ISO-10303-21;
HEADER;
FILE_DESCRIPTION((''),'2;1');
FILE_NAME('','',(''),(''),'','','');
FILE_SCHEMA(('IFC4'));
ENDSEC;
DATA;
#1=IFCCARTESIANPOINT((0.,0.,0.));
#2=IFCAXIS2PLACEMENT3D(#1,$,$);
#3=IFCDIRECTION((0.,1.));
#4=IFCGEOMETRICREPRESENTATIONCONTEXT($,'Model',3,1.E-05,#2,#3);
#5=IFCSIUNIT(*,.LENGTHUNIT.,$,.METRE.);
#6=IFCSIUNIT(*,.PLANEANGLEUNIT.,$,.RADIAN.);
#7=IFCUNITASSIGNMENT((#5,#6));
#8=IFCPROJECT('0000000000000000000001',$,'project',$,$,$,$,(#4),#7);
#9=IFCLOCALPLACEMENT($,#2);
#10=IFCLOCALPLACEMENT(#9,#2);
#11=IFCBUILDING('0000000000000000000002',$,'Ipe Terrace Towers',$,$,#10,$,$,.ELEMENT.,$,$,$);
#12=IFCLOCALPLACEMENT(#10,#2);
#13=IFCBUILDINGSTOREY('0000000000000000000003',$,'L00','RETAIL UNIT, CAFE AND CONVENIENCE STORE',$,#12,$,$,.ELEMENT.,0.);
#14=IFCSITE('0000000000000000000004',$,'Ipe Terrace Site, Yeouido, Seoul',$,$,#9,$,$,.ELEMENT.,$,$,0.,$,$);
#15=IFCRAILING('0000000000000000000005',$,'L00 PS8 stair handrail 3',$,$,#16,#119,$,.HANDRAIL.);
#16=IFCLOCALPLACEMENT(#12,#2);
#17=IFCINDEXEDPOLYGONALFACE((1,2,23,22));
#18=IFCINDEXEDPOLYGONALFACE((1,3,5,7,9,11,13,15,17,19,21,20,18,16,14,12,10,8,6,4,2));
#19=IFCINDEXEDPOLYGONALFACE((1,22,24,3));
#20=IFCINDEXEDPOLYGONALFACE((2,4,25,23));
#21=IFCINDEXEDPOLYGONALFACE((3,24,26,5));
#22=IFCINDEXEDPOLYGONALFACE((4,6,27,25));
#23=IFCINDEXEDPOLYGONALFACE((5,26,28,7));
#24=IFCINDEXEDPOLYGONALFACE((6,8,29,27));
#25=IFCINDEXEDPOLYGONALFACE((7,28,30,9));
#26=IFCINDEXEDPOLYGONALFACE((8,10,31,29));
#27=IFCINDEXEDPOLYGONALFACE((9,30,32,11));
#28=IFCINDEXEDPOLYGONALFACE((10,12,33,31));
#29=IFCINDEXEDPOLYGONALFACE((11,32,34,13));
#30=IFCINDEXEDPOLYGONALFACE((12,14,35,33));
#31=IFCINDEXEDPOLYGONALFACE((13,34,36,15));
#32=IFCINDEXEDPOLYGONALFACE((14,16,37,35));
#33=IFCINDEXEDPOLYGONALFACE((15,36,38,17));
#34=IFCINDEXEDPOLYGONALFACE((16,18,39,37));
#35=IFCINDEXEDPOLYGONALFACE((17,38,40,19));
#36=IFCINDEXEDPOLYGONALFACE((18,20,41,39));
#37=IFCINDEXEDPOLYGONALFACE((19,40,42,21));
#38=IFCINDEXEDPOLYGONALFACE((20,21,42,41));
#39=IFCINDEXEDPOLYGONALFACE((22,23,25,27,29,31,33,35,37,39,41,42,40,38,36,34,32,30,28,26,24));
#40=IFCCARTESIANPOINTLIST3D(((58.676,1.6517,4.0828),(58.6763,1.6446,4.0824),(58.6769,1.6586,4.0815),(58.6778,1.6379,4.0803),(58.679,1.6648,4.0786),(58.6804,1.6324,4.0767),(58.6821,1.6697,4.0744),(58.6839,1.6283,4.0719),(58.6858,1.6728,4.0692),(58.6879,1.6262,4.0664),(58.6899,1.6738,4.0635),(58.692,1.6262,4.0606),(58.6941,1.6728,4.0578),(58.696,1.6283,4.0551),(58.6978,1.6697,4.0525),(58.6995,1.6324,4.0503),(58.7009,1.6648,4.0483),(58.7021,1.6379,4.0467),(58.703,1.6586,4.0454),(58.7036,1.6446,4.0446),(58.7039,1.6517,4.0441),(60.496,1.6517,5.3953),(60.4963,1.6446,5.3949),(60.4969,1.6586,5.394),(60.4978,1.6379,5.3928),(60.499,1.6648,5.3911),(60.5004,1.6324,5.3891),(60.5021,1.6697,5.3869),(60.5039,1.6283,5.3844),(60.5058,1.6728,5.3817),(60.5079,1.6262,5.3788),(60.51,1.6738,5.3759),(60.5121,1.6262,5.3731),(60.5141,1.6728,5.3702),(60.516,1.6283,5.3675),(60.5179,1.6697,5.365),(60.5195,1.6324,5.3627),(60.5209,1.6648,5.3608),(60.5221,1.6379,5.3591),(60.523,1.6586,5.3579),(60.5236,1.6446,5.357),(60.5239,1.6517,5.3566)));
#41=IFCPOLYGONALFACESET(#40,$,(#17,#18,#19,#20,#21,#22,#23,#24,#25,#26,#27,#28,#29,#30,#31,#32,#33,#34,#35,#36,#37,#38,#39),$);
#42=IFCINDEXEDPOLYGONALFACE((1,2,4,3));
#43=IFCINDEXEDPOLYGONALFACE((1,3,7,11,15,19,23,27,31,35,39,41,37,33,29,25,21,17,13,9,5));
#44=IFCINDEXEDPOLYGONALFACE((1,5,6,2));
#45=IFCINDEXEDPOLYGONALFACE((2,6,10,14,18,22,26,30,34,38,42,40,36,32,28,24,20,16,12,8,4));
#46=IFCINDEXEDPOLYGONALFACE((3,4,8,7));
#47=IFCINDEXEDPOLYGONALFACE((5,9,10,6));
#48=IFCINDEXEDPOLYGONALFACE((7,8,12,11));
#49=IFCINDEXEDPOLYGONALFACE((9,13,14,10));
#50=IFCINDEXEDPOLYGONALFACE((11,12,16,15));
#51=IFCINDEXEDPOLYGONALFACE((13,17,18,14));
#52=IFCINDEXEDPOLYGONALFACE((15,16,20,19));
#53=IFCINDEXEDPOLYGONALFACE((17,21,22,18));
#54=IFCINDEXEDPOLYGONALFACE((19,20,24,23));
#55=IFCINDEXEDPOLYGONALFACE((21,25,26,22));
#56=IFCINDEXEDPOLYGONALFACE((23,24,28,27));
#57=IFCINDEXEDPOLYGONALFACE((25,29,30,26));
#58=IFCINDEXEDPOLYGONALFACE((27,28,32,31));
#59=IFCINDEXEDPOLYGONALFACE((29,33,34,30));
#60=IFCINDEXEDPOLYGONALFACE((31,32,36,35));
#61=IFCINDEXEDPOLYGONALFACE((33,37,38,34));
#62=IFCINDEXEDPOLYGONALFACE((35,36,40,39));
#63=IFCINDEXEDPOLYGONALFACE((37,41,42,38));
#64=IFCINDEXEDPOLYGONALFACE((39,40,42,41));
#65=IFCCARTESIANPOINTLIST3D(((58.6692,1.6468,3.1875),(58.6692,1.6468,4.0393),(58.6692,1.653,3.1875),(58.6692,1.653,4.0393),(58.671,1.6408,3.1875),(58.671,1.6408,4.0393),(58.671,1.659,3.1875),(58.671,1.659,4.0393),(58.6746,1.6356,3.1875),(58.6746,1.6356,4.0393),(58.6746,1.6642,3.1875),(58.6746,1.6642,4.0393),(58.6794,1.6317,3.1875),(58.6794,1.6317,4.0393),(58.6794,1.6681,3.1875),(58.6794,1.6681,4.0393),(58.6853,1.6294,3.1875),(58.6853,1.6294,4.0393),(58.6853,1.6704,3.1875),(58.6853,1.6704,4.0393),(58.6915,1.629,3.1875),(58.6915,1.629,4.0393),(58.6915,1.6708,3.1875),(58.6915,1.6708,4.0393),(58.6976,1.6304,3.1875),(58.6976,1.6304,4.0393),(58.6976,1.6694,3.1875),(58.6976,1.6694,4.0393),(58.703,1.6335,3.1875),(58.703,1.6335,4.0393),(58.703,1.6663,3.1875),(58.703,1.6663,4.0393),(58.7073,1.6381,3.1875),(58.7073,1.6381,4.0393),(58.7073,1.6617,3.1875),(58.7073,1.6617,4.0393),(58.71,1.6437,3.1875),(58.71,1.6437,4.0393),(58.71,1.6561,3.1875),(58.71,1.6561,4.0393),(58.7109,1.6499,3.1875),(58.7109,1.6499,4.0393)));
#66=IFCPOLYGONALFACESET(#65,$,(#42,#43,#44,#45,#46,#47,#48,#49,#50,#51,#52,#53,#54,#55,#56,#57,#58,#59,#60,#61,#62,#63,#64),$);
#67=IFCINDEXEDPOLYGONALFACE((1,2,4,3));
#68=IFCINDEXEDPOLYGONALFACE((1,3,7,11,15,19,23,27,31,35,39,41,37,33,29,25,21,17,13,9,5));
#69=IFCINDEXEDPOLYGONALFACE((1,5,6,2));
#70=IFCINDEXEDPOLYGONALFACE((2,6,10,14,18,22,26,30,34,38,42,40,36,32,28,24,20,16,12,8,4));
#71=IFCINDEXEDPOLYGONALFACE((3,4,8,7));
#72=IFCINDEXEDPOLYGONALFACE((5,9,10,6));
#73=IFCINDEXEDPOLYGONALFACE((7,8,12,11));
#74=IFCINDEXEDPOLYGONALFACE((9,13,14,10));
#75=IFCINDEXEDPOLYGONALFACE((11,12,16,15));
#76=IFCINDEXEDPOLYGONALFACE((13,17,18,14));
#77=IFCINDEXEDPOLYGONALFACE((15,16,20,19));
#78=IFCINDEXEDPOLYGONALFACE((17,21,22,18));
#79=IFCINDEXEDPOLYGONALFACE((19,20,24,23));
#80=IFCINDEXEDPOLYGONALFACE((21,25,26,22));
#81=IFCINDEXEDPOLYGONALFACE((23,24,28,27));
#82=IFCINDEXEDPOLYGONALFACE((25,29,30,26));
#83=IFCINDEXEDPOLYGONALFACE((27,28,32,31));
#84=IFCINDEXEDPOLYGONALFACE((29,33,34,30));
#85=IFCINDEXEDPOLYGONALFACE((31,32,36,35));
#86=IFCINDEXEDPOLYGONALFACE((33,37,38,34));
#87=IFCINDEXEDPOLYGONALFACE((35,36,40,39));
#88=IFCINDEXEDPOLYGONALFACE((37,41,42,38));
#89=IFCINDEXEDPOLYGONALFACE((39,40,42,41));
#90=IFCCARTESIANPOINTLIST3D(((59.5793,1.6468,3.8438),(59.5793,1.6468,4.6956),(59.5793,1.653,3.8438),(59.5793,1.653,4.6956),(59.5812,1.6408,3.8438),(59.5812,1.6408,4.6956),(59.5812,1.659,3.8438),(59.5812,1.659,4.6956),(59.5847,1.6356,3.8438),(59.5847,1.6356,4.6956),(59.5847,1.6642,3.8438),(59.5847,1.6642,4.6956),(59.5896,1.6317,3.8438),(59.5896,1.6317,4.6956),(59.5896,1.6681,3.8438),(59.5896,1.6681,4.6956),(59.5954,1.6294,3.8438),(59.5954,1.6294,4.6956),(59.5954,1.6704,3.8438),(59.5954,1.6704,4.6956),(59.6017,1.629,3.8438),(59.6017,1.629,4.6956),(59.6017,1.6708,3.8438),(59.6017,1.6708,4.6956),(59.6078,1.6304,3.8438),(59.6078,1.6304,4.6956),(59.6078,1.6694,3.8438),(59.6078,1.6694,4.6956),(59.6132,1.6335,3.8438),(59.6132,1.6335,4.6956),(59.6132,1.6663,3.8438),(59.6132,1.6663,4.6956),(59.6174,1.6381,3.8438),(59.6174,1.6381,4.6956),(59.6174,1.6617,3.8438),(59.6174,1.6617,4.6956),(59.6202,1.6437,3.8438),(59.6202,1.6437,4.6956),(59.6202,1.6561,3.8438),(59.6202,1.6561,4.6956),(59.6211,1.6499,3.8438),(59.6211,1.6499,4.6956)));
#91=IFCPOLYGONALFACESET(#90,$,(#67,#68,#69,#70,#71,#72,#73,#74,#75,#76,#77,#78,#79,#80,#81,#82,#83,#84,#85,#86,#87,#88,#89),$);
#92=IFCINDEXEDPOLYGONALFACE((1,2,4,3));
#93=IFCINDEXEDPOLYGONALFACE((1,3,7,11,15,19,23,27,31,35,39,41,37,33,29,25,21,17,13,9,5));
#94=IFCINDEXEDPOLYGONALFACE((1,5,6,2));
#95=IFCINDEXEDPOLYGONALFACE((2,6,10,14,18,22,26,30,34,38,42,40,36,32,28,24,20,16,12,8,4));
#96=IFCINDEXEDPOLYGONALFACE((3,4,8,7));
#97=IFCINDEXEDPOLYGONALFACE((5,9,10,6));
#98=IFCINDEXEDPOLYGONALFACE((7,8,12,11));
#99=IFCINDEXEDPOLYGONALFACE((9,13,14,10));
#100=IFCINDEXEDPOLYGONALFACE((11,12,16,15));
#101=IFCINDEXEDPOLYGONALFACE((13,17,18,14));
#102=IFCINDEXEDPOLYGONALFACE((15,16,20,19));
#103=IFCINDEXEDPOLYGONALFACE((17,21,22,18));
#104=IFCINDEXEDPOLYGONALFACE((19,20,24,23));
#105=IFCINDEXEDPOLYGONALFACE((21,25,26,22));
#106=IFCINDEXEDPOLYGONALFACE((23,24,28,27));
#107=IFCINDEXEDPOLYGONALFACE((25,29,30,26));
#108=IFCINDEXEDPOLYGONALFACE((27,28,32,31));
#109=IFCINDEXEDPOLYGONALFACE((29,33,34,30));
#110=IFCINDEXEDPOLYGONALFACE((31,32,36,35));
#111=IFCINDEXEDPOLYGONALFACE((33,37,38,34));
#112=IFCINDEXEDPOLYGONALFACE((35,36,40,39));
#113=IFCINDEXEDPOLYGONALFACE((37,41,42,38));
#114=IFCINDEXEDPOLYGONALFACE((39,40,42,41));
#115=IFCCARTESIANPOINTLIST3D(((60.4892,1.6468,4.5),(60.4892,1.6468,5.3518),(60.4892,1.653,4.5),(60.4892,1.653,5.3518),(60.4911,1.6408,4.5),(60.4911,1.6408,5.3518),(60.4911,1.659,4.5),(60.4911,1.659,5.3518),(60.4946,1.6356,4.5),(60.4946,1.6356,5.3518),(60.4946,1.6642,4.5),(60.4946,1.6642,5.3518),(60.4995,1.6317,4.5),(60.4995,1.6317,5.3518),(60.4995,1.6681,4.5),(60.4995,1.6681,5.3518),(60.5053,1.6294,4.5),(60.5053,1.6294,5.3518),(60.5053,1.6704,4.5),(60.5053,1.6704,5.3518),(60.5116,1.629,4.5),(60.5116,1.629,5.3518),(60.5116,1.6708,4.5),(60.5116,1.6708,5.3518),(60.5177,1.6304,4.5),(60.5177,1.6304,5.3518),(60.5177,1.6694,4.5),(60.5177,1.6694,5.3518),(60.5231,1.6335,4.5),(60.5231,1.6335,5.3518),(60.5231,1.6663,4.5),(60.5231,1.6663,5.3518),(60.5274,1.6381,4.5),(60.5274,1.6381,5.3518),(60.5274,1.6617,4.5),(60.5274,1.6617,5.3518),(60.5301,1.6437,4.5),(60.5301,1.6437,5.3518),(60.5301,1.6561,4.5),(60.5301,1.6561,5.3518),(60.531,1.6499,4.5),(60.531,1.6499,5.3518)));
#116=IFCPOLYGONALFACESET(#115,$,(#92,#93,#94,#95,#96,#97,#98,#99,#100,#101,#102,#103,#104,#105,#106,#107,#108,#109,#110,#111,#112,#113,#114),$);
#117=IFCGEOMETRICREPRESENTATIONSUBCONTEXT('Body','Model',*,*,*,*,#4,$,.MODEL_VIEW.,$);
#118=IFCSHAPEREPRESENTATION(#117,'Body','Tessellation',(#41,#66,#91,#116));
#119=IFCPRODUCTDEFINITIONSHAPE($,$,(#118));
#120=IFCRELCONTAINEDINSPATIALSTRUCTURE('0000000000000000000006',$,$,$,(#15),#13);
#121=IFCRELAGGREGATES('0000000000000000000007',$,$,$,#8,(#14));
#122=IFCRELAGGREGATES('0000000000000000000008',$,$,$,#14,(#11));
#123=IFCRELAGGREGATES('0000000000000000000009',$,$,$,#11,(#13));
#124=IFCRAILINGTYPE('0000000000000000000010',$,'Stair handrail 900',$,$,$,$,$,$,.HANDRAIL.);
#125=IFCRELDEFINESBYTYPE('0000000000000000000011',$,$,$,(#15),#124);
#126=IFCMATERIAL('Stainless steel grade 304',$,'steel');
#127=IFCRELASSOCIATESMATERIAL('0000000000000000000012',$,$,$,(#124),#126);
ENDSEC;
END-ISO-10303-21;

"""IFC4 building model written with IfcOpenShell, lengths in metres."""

from ifc_helpers import new_model, si_unit, direction, frame, origin, origin_2d, place, context, subcontext, project, spatial, circle, extrude, material, type_object, element, save


model = new_model("IFC4")

# Units and contexts
model_context = context("Model", 3, precision=1e-05, world=origin(), true_north=direction((0.0, 1.0)))
body_context = subcontext(model_context, "Body", "Model", "MODEL_VIEW")
ifc_project = project(units=[si_unit("LENGTHUNIT", "METRE"), si_unit("PLANEANGLEUNIT", "RADIAN")], contexts=[model_context])

# Site, building, storey
site_placement = place(None, origin())
site = spatial("IfcSite", under=ifc_project, at=site_placement, Name="Ipe Terrace Site, Yeouido, Seoul", CompositionType="ELEMENT", RefElevation=0.0)
building_placement = place(site_placement, origin())
building = spatial("IfcBuilding", under=site, at=building_placement, Name="Ipe Terrace Towers", CompositionType="ELEMENT")
storey_placement = place(building_placement, origin())
storey = spatial("IfcBuildingStorey", under=building, at=storey_placement, Name="L00", Description="RETAIL UNIT, CAFE AND CONVENIENCE STORE", CompositionType="ELEMENT", Elevation=0.0)

# Railing
ifc_material_1 = material(Name="Stainless steel grade 304", Category="steel")
railing_type_1 = type_object("IfcRailingType", Name="Stair handrail 900", PredefinedType="HANDRAIL", material=ifc_material_1)
railing_1_placement = place(storey_placement, frame((58.6899, 1.6499, 3.1875)))
element("IfcRailing", 1, at=railing_1_placement, inside=storey, type_object=railing_type_1, Name="L00 PS8 stair handrail 3", PredefinedType="HANDRAIL", context=body_context, shape_type="SweptSolid", body=[
    extrude(circle(Radius=0.0239, at=origin_2d()), frame((0.0, 0.0, 0.876), z_axis=(0.811101, 0.0, 0.584906), x_axis=(0.0, 1.0, 0.0)), (0.0, 0.0, 1.0), 2.2439),
    extrude(circle(Radius=0.021, at=origin_2d()), origin(), (0.0, 0.0, 1.0), 0.8518),
    extrude(circle(Radius=0.021, at=origin_2d()), frame((0.9102, 0.0, 0.6562)), (0.0, 0.0, 1.0), 0.8518),
    extrude(circle(Radius=0.021, at=origin_2d()), frame((1.8201, 0.0, 1.3125)), (0.0, 0.0, 1.0), 0.8518),
])

save(model, "model.ifc")
